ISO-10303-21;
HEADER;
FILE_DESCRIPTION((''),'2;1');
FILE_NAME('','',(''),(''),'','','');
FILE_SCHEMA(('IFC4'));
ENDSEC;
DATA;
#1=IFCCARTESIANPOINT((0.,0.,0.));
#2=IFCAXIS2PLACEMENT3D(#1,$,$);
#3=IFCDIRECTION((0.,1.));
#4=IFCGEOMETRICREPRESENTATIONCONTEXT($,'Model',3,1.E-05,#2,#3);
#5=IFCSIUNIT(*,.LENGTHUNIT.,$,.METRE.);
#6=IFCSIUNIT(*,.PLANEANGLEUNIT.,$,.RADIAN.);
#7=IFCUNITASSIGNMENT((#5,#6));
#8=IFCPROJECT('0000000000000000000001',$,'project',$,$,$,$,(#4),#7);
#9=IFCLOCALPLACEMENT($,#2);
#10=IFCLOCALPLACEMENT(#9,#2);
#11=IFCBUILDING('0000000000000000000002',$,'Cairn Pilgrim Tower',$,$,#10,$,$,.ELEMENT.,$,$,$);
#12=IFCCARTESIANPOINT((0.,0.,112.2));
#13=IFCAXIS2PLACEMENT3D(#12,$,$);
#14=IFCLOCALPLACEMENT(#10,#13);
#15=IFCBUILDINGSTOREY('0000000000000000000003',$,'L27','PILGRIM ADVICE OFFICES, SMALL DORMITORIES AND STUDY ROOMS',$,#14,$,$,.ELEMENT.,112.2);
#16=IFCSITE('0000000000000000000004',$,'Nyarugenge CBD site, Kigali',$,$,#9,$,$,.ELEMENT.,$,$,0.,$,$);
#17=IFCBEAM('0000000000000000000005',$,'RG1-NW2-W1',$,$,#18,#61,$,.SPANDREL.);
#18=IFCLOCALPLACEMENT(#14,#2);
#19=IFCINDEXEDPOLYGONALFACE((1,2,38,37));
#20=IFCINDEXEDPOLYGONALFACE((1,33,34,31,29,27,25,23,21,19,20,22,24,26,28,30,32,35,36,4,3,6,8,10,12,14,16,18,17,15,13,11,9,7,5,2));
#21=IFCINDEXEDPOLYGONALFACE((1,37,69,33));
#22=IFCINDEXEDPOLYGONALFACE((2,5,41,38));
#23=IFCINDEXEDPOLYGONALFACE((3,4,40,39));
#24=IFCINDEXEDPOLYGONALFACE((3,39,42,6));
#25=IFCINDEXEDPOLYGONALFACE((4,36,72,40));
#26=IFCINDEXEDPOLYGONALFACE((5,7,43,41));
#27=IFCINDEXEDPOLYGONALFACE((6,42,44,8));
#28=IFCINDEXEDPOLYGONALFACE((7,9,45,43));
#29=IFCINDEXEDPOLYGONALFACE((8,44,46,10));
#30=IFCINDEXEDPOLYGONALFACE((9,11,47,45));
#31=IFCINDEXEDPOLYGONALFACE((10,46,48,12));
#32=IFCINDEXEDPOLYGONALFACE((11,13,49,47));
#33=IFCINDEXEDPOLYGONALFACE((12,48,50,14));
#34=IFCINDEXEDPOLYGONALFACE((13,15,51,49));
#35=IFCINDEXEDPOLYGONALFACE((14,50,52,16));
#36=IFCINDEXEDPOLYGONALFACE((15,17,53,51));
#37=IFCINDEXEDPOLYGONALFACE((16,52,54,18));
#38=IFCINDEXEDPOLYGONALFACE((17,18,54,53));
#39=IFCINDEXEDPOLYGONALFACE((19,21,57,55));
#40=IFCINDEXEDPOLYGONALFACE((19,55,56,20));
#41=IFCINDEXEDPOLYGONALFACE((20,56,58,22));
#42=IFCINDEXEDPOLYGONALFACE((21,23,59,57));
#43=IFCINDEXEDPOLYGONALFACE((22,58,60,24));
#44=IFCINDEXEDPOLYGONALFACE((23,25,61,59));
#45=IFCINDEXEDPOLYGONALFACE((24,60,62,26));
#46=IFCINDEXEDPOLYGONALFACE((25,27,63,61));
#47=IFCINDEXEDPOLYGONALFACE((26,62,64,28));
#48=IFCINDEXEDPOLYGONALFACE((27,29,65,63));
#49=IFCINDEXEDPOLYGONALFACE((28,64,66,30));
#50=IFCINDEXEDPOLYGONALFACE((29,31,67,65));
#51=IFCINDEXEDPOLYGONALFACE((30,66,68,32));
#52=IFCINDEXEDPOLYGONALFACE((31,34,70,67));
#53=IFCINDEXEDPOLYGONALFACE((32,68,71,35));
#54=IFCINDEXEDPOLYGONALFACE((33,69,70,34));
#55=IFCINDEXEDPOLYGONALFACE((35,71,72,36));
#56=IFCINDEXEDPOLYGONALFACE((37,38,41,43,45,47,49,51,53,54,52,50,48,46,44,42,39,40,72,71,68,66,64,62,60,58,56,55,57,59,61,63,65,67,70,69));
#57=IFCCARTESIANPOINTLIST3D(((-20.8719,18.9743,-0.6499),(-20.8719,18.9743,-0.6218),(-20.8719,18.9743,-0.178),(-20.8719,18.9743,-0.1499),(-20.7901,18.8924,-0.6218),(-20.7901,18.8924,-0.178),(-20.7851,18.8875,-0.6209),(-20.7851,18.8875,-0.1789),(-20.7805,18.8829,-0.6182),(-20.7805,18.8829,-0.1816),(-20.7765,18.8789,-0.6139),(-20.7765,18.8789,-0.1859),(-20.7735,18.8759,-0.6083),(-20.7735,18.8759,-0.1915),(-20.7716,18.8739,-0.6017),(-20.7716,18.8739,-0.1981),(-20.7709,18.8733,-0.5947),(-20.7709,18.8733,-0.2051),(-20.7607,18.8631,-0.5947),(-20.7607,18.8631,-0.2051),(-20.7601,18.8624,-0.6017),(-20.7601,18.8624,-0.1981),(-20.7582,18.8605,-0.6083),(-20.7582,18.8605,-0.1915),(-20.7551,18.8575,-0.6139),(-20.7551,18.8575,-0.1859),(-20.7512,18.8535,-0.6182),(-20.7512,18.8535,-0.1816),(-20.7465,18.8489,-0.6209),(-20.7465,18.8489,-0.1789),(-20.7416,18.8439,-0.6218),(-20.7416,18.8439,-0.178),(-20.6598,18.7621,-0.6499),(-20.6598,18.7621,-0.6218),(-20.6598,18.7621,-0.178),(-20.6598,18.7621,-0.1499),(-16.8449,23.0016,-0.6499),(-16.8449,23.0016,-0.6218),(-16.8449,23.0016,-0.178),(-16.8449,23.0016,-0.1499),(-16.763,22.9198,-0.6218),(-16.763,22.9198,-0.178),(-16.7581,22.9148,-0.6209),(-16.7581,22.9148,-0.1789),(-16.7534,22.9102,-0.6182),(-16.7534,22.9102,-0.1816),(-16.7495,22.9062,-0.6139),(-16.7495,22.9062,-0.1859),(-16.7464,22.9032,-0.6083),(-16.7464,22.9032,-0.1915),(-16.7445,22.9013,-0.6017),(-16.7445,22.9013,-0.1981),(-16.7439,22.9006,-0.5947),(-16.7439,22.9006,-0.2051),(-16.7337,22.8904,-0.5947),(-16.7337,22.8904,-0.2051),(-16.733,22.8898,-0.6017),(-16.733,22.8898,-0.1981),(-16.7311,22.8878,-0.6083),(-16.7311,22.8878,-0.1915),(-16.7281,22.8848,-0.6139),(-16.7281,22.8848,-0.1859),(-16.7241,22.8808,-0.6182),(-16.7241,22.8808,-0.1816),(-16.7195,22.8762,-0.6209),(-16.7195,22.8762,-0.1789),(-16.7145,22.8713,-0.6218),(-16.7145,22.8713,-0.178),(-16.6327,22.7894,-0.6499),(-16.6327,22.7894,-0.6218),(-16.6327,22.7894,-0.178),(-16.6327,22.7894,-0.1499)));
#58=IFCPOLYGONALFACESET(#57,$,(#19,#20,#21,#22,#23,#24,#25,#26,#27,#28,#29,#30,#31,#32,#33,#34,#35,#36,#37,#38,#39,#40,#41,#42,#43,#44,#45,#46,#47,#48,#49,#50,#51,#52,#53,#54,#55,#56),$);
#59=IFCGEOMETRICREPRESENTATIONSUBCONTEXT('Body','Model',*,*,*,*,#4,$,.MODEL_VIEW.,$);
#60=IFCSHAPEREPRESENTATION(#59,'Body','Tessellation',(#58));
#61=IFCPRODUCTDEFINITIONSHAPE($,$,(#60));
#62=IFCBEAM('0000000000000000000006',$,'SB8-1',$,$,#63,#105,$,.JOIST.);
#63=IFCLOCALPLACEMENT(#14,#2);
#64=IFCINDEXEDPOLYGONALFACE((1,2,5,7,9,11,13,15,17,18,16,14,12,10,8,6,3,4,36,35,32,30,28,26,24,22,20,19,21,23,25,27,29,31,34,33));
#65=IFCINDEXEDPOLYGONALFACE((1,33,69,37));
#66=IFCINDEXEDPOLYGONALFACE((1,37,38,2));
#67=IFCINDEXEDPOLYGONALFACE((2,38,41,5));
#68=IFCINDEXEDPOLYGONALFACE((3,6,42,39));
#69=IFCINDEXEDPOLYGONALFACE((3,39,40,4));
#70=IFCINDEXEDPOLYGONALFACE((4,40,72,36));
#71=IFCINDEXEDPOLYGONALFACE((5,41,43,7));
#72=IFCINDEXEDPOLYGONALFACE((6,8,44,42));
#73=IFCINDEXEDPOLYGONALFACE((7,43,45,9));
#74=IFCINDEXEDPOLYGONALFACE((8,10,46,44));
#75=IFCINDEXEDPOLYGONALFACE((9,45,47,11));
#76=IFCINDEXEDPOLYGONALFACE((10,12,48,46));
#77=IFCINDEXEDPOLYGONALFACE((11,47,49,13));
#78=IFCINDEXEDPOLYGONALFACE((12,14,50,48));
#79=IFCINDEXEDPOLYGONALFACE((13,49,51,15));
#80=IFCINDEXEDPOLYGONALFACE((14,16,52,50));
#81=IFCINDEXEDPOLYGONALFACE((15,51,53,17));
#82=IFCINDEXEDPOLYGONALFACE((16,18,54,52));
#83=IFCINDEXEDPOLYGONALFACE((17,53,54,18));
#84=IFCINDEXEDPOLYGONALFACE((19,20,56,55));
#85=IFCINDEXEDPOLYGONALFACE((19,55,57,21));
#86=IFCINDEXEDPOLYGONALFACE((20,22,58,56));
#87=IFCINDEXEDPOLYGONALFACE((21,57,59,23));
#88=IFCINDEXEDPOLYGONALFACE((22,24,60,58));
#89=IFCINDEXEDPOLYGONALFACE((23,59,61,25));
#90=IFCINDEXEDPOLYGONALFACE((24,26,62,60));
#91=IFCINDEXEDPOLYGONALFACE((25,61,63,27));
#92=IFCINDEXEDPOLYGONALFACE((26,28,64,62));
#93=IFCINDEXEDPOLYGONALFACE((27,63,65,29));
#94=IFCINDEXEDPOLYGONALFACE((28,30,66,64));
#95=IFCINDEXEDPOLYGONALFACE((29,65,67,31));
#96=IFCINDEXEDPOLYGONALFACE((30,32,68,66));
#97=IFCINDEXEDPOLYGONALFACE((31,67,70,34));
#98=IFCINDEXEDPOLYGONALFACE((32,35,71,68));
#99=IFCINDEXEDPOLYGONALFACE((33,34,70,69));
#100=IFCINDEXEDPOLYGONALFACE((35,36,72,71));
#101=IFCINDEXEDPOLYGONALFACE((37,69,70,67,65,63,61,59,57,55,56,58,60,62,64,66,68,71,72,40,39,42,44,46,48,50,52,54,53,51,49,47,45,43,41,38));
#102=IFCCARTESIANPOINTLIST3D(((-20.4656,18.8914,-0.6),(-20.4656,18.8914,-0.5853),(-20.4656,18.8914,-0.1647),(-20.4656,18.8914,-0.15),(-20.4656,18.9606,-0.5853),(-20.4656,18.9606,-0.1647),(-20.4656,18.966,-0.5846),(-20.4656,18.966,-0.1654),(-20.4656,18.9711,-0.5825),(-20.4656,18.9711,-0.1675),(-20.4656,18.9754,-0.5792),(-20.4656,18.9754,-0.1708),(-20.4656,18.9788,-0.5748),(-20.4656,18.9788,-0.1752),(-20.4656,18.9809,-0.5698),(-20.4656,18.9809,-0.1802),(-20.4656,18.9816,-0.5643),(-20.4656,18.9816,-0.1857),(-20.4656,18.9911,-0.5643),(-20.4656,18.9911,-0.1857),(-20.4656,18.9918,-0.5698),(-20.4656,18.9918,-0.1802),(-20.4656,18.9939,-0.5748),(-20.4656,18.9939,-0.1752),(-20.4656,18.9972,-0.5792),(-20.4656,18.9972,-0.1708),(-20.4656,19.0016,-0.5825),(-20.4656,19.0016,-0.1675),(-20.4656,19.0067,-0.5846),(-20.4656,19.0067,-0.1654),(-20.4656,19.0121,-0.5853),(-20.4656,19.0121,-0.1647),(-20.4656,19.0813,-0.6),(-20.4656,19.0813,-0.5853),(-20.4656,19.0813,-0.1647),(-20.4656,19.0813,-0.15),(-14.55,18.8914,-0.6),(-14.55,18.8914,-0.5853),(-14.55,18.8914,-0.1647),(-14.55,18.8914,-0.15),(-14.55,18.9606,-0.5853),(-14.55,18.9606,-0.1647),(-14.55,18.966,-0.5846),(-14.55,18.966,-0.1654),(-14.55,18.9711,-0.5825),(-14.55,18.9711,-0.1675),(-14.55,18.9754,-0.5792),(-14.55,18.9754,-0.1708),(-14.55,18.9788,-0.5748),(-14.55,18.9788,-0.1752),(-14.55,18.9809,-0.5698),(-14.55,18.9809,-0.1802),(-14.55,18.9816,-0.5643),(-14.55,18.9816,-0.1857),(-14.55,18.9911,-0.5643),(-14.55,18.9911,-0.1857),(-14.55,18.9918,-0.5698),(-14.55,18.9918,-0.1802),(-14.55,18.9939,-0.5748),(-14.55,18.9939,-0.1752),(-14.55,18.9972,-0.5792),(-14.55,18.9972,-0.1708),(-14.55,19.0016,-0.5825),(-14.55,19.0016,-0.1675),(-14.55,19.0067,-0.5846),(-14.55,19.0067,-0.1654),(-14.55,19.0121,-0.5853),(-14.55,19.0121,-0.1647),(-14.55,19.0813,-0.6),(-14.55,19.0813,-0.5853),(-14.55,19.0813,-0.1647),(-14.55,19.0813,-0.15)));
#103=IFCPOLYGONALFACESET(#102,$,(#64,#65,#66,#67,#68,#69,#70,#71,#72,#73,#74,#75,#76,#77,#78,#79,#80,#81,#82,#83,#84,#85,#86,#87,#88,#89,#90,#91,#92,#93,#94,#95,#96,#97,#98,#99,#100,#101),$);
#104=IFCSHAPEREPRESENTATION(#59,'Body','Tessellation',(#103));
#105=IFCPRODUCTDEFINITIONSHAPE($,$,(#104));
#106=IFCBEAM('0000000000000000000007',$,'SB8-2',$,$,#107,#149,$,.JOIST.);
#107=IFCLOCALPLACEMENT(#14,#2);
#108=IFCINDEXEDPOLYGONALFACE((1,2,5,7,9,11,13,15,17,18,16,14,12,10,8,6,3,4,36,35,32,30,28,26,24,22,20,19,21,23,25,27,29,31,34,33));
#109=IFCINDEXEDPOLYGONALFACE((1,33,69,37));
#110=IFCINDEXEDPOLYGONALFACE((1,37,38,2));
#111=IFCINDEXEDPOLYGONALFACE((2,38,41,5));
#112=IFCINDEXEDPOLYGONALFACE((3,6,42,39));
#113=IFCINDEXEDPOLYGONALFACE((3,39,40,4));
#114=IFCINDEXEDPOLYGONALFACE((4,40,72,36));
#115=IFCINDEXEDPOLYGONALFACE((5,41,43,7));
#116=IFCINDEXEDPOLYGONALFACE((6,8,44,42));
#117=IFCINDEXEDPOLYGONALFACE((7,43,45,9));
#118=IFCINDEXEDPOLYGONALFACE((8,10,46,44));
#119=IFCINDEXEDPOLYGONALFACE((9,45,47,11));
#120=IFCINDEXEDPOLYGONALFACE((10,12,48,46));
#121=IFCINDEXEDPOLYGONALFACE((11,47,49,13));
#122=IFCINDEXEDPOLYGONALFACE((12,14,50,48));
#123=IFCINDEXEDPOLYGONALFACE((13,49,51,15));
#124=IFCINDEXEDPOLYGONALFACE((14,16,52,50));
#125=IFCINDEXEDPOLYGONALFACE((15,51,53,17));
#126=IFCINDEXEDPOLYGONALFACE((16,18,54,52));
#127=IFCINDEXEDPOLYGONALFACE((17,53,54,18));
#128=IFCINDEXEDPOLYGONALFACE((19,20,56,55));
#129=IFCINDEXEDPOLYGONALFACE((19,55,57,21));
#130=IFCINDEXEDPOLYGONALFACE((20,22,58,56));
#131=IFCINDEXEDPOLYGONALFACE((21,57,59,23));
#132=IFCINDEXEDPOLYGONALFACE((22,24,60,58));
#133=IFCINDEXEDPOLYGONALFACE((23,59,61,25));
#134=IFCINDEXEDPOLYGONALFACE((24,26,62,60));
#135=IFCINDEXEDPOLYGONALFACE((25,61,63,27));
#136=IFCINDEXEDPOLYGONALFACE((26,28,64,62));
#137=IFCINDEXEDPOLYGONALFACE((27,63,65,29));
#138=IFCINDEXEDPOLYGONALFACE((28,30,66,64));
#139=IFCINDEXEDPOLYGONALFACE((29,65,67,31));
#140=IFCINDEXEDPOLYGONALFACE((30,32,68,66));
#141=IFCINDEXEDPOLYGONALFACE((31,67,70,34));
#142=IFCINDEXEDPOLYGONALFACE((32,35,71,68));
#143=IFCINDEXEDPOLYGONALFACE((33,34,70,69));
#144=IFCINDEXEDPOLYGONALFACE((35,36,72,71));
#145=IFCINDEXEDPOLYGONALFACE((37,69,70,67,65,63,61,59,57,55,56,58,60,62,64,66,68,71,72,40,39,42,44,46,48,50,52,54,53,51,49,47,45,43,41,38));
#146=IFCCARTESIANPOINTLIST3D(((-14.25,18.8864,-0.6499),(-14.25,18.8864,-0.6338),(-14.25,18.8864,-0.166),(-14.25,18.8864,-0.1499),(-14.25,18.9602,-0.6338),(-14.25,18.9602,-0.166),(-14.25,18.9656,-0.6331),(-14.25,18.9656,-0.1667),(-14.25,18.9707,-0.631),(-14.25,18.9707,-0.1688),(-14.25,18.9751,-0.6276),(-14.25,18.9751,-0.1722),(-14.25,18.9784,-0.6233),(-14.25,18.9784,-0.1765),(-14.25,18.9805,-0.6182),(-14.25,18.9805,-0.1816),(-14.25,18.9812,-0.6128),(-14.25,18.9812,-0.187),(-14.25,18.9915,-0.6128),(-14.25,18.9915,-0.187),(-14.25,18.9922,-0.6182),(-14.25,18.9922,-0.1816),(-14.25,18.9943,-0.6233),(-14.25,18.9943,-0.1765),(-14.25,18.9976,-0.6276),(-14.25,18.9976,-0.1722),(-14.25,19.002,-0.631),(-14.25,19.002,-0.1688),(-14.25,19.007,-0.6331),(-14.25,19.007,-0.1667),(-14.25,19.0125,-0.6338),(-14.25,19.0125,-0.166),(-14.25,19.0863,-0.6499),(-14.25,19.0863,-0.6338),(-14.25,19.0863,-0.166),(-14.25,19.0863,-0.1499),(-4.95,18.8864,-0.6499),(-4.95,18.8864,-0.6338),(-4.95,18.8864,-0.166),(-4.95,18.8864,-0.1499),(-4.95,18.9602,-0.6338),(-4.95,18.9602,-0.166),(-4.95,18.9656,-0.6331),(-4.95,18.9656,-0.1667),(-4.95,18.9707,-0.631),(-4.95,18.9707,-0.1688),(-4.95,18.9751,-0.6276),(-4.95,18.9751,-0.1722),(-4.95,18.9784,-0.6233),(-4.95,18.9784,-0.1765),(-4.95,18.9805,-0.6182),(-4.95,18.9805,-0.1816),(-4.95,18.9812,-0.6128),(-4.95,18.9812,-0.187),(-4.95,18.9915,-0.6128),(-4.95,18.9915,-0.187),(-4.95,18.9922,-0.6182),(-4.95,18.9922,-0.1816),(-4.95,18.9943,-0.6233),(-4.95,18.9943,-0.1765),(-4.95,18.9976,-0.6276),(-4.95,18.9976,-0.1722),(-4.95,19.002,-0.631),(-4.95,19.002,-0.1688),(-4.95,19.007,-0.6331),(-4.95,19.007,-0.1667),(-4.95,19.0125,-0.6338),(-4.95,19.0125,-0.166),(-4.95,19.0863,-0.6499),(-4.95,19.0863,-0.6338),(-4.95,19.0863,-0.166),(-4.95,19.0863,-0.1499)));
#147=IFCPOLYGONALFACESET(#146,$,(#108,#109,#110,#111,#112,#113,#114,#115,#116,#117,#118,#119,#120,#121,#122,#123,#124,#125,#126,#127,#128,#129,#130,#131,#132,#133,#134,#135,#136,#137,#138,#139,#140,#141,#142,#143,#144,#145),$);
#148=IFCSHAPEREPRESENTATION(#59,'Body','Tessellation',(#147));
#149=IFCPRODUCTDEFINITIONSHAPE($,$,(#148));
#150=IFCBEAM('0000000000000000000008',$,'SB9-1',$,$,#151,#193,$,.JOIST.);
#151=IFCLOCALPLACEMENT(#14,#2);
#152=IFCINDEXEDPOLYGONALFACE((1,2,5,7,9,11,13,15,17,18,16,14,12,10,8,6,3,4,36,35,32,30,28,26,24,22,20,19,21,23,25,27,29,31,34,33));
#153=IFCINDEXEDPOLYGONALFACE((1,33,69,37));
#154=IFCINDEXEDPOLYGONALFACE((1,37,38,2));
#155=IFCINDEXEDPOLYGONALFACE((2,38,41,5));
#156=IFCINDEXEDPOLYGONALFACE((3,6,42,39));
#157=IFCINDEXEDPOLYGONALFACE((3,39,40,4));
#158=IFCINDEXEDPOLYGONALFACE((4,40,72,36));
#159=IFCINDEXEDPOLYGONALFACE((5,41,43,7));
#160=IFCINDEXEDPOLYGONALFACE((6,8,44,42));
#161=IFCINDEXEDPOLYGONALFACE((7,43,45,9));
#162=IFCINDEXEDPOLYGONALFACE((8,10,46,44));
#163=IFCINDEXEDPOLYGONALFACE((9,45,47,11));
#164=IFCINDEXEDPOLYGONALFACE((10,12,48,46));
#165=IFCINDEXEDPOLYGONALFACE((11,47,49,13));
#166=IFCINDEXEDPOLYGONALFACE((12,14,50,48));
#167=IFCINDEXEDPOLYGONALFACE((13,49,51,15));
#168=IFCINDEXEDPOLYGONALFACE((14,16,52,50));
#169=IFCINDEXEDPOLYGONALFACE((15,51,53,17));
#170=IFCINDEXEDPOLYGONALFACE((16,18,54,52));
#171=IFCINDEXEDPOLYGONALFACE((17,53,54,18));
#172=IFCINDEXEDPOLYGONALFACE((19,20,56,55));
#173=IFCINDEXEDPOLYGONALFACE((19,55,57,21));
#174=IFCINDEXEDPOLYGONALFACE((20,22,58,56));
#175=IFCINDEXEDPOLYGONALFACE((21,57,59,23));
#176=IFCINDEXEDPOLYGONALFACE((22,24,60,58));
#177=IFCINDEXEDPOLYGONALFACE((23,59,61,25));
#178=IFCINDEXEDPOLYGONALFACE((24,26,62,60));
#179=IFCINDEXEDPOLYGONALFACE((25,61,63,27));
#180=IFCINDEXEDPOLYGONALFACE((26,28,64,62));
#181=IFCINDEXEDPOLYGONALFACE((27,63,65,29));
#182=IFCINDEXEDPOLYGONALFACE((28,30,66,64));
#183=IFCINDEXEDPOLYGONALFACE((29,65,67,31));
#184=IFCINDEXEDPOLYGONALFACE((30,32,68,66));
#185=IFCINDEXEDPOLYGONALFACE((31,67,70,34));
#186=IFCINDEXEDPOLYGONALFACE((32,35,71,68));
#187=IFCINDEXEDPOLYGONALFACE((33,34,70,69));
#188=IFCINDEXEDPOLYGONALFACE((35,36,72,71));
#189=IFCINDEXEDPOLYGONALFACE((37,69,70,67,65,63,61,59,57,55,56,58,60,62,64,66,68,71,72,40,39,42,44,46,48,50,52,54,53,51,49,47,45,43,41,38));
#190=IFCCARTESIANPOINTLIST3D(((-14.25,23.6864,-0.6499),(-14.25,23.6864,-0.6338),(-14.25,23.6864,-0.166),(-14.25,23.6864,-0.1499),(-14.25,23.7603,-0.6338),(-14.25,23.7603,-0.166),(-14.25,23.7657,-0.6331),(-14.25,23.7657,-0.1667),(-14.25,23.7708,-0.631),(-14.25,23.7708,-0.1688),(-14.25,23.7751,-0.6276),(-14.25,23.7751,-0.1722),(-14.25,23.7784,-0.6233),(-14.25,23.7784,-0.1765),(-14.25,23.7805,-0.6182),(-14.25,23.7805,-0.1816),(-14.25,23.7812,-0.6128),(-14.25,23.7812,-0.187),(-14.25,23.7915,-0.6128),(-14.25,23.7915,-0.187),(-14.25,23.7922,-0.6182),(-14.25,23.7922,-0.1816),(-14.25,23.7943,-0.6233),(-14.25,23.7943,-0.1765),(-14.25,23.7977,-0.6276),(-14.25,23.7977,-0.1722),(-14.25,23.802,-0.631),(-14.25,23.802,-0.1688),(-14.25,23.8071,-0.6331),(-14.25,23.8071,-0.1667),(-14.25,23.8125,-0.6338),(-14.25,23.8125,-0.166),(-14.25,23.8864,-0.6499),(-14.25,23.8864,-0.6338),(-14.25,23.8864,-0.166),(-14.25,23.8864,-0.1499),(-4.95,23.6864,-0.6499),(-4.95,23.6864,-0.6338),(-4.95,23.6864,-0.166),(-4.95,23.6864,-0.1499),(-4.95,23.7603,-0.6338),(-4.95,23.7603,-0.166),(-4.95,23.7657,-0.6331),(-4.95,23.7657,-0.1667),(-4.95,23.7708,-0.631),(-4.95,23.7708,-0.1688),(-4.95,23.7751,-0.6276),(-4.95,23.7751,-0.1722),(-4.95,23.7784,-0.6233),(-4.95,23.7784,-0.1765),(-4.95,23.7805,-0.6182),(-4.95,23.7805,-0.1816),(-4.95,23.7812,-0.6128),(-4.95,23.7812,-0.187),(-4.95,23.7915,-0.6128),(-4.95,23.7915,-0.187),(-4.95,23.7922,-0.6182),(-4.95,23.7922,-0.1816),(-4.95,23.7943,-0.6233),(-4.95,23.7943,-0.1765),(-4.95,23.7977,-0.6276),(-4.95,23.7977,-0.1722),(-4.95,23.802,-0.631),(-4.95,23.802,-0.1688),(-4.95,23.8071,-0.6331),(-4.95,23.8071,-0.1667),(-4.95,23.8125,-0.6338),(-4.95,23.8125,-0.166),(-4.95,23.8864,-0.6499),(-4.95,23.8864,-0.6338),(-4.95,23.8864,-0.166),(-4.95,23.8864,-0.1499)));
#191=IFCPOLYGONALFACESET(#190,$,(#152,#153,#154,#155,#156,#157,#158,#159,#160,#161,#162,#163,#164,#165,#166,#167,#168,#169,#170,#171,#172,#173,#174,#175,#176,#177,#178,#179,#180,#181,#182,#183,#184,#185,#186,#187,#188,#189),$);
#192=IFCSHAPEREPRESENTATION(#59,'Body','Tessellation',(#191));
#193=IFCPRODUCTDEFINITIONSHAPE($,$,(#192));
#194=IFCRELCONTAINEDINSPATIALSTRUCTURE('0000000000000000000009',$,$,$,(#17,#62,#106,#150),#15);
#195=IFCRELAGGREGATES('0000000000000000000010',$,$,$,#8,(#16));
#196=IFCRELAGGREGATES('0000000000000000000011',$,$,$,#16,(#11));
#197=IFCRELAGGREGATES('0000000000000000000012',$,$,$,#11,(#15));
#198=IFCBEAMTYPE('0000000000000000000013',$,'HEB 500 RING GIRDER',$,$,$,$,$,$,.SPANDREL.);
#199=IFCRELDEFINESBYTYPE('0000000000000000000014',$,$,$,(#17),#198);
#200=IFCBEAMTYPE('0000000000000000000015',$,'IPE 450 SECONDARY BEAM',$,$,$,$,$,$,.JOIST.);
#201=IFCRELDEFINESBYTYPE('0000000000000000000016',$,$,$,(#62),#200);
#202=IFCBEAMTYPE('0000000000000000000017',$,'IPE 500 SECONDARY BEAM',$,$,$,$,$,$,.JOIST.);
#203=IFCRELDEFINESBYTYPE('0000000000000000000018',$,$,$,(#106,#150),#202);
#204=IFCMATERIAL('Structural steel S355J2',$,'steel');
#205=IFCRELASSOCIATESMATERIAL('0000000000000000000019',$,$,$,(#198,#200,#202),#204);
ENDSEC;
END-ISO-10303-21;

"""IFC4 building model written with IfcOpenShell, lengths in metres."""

from ifc_helpers import new_model, si_unit, direction, frame, origin, origin_2d, place, context, subcontext, project, spatial, i_section, extrude, material, material_profile, profile_set, type_object, element, save


model = new_model("IFC4")

# Units and contexts
model_context = context("Model", 3, precision=1e-05, world=origin(), true_north=direction((0.0, 1.0)))
body_context = subcontext(model_context, "Body", "Model", "MODEL_VIEW")
ifc_project = project(units=[si_unit("LENGTHUNIT", "METRE"), si_unit("PLANEANGLEUNIT", "RADIAN")], contexts=[model_context])

# Site, building, storey
site_placement = place(None, origin())
site = spatial("IfcSite", under=ifc_project, at=site_placement, Name="Nyarugenge CBD site, Kigali", CompositionType="ELEMENT", RefElevation=0.0)
building_placement = place(site_placement, origin())
building = spatial("IfcBuilding", under=site, at=building_placement, Name="Cairn Pilgrim Tower", CompositionType="ELEMENT")
storey_placement = place(building_placement, frame((0.0, 0.0, 112.2)))
storey = spatial("IfcBuildingStorey", under=building, at=storey_placement, Name="L27", Description="PILGRIM ADVICE OFFICES, SMALL DORMITORIES AND STUDY ROOMS", CompositionType="ELEMENT", Elevation=112.2)

# Shared definitions
ifc_material_1 = material(Name="Structural steel S355J2", Category="steel")

# Beams
ifc_material_profile_1 = material_profile(ifc_material_1, i_section(OverallWidth=0.3, OverallDepth=0.5, WebThickness=0.0144, FlangeThickness=0.0281, FilletRadius=0.0271, at=origin_2d()), Name="HEB 500")
ifc_profile_set_1 = profile_set([ifc_material_profile_1], Name="Structural steel S355J2")
beam_type_1 = type_object("IfcBeamType", Name="HEB 500 RING GIRDER", PredefinedType="SPANDREL", material=ifc_profile_set_1)
beam_1_placement = place(storey_placement, frame((-16.7388, 22.8955, -0.3999), z_axis=(-0.707085, -0.707128, 0.0), x_axis=(0.707128, -0.707085, 0.0)))
element("IfcBeam", 1, at=beam_1_placement, inside=storey, type_object=beam_type_1, Name="RG1-NW2-W1", PredefinedType="SPANDREL", context=body_context, shape_type="SweptSolid", body=[
    extrude(i_section(OverallWidth=0.3, OverallDepth=0.5, WebThickness=0.0144, FlangeThickness=0.0281, FilletRadius=0.0271, at=origin_2d()), origin(), (0.0, 0.0, 1.0), 5.6953),
])
ifc_material_profile_2 = material_profile(ifc_material_1, i_section(OverallWidth=0.1899, OverallDepth=0.45, WebThickness=0.0095, FlangeThickness=0.0146, FilletRadius=0.021, at=origin_2d()), Name="IPE 450")
ifc_profile_set_2 = profile_set([ifc_material_profile_2], Name="Structural steel S355J2")
beam_type_2 = type_object("IfcBeamType", Name="IPE 450 SECONDARY BEAM", PredefinedType="JOIST", material=ifc_profile_set_2)
beam_2_placement = place(storey_placement, frame((-20.4656, 18.9863, -0.375), z_axis=(1.0, 0.0, 0.0), x_axis=(0.0, 1.0, 0.0)))
element("IfcBeam", 2, at=beam_2_placement, inside=storey, type_object=beam_type_2, Name="SB8-1", PredefinedType="JOIST", context=body_context, shape_type="SweptSolid", body=[
    extrude(i_section(OverallWidth=0.1899, OverallDepth=0.45, WebThickness=0.0095, FlangeThickness=0.0146, FilletRadius=0.021, at=origin_2d()), origin(), (0.0, 0.0, 1.0), 5.9155),
])
ifc_material_profile_3 = material_profile(ifc_material_1, i_section(OverallWidth=0.2, OverallDepth=0.5, WebThickness=0.0103, FlangeThickness=0.0161, FilletRadius=0.021, at=origin_2d()), Name="IPE 500")
ifc_profile_set_3 = profile_set([ifc_material_profile_3], Name="Structural steel S355J2")
beam_type_3 = type_object("IfcBeamType", Name="IPE 500 SECONDARY BEAM", PredefinedType="JOIST", material=ifc_profile_set_3)
for number, where, z_axis, x_axis, name in (
    (3, (-14.25, 18.9863, -0.3999), (1.0, 0.0, 0.0), (0.0, 1.0, 0.0), "SB8-2"),
    (4, (-14.25, 23.7864, -0.3999), (1.0, 0.0, 0.0), (0.0, 1.0, 0.0), "SB9-1"),
):
    element("IfcBeam", number, at=place(storey_placement, frame(where, z_axis=z_axis, x_axis=x_axis)), inside=storey, type_object=beam_type_3, Name=name, PredefinedType="JOIST", context=body_context, shape_type="SweptSolid", body=[
        extrude(i_section(OverallWidth=0.2, OverallDepth=0.5, WebThickness=0.0103, FlangeThickness=0.0161, FilletRadius=0.021, at=origin_2d()), origin(), (0.0, 0.0, 1.0), 9.3),
    ])

save(model, "model.ifc")
